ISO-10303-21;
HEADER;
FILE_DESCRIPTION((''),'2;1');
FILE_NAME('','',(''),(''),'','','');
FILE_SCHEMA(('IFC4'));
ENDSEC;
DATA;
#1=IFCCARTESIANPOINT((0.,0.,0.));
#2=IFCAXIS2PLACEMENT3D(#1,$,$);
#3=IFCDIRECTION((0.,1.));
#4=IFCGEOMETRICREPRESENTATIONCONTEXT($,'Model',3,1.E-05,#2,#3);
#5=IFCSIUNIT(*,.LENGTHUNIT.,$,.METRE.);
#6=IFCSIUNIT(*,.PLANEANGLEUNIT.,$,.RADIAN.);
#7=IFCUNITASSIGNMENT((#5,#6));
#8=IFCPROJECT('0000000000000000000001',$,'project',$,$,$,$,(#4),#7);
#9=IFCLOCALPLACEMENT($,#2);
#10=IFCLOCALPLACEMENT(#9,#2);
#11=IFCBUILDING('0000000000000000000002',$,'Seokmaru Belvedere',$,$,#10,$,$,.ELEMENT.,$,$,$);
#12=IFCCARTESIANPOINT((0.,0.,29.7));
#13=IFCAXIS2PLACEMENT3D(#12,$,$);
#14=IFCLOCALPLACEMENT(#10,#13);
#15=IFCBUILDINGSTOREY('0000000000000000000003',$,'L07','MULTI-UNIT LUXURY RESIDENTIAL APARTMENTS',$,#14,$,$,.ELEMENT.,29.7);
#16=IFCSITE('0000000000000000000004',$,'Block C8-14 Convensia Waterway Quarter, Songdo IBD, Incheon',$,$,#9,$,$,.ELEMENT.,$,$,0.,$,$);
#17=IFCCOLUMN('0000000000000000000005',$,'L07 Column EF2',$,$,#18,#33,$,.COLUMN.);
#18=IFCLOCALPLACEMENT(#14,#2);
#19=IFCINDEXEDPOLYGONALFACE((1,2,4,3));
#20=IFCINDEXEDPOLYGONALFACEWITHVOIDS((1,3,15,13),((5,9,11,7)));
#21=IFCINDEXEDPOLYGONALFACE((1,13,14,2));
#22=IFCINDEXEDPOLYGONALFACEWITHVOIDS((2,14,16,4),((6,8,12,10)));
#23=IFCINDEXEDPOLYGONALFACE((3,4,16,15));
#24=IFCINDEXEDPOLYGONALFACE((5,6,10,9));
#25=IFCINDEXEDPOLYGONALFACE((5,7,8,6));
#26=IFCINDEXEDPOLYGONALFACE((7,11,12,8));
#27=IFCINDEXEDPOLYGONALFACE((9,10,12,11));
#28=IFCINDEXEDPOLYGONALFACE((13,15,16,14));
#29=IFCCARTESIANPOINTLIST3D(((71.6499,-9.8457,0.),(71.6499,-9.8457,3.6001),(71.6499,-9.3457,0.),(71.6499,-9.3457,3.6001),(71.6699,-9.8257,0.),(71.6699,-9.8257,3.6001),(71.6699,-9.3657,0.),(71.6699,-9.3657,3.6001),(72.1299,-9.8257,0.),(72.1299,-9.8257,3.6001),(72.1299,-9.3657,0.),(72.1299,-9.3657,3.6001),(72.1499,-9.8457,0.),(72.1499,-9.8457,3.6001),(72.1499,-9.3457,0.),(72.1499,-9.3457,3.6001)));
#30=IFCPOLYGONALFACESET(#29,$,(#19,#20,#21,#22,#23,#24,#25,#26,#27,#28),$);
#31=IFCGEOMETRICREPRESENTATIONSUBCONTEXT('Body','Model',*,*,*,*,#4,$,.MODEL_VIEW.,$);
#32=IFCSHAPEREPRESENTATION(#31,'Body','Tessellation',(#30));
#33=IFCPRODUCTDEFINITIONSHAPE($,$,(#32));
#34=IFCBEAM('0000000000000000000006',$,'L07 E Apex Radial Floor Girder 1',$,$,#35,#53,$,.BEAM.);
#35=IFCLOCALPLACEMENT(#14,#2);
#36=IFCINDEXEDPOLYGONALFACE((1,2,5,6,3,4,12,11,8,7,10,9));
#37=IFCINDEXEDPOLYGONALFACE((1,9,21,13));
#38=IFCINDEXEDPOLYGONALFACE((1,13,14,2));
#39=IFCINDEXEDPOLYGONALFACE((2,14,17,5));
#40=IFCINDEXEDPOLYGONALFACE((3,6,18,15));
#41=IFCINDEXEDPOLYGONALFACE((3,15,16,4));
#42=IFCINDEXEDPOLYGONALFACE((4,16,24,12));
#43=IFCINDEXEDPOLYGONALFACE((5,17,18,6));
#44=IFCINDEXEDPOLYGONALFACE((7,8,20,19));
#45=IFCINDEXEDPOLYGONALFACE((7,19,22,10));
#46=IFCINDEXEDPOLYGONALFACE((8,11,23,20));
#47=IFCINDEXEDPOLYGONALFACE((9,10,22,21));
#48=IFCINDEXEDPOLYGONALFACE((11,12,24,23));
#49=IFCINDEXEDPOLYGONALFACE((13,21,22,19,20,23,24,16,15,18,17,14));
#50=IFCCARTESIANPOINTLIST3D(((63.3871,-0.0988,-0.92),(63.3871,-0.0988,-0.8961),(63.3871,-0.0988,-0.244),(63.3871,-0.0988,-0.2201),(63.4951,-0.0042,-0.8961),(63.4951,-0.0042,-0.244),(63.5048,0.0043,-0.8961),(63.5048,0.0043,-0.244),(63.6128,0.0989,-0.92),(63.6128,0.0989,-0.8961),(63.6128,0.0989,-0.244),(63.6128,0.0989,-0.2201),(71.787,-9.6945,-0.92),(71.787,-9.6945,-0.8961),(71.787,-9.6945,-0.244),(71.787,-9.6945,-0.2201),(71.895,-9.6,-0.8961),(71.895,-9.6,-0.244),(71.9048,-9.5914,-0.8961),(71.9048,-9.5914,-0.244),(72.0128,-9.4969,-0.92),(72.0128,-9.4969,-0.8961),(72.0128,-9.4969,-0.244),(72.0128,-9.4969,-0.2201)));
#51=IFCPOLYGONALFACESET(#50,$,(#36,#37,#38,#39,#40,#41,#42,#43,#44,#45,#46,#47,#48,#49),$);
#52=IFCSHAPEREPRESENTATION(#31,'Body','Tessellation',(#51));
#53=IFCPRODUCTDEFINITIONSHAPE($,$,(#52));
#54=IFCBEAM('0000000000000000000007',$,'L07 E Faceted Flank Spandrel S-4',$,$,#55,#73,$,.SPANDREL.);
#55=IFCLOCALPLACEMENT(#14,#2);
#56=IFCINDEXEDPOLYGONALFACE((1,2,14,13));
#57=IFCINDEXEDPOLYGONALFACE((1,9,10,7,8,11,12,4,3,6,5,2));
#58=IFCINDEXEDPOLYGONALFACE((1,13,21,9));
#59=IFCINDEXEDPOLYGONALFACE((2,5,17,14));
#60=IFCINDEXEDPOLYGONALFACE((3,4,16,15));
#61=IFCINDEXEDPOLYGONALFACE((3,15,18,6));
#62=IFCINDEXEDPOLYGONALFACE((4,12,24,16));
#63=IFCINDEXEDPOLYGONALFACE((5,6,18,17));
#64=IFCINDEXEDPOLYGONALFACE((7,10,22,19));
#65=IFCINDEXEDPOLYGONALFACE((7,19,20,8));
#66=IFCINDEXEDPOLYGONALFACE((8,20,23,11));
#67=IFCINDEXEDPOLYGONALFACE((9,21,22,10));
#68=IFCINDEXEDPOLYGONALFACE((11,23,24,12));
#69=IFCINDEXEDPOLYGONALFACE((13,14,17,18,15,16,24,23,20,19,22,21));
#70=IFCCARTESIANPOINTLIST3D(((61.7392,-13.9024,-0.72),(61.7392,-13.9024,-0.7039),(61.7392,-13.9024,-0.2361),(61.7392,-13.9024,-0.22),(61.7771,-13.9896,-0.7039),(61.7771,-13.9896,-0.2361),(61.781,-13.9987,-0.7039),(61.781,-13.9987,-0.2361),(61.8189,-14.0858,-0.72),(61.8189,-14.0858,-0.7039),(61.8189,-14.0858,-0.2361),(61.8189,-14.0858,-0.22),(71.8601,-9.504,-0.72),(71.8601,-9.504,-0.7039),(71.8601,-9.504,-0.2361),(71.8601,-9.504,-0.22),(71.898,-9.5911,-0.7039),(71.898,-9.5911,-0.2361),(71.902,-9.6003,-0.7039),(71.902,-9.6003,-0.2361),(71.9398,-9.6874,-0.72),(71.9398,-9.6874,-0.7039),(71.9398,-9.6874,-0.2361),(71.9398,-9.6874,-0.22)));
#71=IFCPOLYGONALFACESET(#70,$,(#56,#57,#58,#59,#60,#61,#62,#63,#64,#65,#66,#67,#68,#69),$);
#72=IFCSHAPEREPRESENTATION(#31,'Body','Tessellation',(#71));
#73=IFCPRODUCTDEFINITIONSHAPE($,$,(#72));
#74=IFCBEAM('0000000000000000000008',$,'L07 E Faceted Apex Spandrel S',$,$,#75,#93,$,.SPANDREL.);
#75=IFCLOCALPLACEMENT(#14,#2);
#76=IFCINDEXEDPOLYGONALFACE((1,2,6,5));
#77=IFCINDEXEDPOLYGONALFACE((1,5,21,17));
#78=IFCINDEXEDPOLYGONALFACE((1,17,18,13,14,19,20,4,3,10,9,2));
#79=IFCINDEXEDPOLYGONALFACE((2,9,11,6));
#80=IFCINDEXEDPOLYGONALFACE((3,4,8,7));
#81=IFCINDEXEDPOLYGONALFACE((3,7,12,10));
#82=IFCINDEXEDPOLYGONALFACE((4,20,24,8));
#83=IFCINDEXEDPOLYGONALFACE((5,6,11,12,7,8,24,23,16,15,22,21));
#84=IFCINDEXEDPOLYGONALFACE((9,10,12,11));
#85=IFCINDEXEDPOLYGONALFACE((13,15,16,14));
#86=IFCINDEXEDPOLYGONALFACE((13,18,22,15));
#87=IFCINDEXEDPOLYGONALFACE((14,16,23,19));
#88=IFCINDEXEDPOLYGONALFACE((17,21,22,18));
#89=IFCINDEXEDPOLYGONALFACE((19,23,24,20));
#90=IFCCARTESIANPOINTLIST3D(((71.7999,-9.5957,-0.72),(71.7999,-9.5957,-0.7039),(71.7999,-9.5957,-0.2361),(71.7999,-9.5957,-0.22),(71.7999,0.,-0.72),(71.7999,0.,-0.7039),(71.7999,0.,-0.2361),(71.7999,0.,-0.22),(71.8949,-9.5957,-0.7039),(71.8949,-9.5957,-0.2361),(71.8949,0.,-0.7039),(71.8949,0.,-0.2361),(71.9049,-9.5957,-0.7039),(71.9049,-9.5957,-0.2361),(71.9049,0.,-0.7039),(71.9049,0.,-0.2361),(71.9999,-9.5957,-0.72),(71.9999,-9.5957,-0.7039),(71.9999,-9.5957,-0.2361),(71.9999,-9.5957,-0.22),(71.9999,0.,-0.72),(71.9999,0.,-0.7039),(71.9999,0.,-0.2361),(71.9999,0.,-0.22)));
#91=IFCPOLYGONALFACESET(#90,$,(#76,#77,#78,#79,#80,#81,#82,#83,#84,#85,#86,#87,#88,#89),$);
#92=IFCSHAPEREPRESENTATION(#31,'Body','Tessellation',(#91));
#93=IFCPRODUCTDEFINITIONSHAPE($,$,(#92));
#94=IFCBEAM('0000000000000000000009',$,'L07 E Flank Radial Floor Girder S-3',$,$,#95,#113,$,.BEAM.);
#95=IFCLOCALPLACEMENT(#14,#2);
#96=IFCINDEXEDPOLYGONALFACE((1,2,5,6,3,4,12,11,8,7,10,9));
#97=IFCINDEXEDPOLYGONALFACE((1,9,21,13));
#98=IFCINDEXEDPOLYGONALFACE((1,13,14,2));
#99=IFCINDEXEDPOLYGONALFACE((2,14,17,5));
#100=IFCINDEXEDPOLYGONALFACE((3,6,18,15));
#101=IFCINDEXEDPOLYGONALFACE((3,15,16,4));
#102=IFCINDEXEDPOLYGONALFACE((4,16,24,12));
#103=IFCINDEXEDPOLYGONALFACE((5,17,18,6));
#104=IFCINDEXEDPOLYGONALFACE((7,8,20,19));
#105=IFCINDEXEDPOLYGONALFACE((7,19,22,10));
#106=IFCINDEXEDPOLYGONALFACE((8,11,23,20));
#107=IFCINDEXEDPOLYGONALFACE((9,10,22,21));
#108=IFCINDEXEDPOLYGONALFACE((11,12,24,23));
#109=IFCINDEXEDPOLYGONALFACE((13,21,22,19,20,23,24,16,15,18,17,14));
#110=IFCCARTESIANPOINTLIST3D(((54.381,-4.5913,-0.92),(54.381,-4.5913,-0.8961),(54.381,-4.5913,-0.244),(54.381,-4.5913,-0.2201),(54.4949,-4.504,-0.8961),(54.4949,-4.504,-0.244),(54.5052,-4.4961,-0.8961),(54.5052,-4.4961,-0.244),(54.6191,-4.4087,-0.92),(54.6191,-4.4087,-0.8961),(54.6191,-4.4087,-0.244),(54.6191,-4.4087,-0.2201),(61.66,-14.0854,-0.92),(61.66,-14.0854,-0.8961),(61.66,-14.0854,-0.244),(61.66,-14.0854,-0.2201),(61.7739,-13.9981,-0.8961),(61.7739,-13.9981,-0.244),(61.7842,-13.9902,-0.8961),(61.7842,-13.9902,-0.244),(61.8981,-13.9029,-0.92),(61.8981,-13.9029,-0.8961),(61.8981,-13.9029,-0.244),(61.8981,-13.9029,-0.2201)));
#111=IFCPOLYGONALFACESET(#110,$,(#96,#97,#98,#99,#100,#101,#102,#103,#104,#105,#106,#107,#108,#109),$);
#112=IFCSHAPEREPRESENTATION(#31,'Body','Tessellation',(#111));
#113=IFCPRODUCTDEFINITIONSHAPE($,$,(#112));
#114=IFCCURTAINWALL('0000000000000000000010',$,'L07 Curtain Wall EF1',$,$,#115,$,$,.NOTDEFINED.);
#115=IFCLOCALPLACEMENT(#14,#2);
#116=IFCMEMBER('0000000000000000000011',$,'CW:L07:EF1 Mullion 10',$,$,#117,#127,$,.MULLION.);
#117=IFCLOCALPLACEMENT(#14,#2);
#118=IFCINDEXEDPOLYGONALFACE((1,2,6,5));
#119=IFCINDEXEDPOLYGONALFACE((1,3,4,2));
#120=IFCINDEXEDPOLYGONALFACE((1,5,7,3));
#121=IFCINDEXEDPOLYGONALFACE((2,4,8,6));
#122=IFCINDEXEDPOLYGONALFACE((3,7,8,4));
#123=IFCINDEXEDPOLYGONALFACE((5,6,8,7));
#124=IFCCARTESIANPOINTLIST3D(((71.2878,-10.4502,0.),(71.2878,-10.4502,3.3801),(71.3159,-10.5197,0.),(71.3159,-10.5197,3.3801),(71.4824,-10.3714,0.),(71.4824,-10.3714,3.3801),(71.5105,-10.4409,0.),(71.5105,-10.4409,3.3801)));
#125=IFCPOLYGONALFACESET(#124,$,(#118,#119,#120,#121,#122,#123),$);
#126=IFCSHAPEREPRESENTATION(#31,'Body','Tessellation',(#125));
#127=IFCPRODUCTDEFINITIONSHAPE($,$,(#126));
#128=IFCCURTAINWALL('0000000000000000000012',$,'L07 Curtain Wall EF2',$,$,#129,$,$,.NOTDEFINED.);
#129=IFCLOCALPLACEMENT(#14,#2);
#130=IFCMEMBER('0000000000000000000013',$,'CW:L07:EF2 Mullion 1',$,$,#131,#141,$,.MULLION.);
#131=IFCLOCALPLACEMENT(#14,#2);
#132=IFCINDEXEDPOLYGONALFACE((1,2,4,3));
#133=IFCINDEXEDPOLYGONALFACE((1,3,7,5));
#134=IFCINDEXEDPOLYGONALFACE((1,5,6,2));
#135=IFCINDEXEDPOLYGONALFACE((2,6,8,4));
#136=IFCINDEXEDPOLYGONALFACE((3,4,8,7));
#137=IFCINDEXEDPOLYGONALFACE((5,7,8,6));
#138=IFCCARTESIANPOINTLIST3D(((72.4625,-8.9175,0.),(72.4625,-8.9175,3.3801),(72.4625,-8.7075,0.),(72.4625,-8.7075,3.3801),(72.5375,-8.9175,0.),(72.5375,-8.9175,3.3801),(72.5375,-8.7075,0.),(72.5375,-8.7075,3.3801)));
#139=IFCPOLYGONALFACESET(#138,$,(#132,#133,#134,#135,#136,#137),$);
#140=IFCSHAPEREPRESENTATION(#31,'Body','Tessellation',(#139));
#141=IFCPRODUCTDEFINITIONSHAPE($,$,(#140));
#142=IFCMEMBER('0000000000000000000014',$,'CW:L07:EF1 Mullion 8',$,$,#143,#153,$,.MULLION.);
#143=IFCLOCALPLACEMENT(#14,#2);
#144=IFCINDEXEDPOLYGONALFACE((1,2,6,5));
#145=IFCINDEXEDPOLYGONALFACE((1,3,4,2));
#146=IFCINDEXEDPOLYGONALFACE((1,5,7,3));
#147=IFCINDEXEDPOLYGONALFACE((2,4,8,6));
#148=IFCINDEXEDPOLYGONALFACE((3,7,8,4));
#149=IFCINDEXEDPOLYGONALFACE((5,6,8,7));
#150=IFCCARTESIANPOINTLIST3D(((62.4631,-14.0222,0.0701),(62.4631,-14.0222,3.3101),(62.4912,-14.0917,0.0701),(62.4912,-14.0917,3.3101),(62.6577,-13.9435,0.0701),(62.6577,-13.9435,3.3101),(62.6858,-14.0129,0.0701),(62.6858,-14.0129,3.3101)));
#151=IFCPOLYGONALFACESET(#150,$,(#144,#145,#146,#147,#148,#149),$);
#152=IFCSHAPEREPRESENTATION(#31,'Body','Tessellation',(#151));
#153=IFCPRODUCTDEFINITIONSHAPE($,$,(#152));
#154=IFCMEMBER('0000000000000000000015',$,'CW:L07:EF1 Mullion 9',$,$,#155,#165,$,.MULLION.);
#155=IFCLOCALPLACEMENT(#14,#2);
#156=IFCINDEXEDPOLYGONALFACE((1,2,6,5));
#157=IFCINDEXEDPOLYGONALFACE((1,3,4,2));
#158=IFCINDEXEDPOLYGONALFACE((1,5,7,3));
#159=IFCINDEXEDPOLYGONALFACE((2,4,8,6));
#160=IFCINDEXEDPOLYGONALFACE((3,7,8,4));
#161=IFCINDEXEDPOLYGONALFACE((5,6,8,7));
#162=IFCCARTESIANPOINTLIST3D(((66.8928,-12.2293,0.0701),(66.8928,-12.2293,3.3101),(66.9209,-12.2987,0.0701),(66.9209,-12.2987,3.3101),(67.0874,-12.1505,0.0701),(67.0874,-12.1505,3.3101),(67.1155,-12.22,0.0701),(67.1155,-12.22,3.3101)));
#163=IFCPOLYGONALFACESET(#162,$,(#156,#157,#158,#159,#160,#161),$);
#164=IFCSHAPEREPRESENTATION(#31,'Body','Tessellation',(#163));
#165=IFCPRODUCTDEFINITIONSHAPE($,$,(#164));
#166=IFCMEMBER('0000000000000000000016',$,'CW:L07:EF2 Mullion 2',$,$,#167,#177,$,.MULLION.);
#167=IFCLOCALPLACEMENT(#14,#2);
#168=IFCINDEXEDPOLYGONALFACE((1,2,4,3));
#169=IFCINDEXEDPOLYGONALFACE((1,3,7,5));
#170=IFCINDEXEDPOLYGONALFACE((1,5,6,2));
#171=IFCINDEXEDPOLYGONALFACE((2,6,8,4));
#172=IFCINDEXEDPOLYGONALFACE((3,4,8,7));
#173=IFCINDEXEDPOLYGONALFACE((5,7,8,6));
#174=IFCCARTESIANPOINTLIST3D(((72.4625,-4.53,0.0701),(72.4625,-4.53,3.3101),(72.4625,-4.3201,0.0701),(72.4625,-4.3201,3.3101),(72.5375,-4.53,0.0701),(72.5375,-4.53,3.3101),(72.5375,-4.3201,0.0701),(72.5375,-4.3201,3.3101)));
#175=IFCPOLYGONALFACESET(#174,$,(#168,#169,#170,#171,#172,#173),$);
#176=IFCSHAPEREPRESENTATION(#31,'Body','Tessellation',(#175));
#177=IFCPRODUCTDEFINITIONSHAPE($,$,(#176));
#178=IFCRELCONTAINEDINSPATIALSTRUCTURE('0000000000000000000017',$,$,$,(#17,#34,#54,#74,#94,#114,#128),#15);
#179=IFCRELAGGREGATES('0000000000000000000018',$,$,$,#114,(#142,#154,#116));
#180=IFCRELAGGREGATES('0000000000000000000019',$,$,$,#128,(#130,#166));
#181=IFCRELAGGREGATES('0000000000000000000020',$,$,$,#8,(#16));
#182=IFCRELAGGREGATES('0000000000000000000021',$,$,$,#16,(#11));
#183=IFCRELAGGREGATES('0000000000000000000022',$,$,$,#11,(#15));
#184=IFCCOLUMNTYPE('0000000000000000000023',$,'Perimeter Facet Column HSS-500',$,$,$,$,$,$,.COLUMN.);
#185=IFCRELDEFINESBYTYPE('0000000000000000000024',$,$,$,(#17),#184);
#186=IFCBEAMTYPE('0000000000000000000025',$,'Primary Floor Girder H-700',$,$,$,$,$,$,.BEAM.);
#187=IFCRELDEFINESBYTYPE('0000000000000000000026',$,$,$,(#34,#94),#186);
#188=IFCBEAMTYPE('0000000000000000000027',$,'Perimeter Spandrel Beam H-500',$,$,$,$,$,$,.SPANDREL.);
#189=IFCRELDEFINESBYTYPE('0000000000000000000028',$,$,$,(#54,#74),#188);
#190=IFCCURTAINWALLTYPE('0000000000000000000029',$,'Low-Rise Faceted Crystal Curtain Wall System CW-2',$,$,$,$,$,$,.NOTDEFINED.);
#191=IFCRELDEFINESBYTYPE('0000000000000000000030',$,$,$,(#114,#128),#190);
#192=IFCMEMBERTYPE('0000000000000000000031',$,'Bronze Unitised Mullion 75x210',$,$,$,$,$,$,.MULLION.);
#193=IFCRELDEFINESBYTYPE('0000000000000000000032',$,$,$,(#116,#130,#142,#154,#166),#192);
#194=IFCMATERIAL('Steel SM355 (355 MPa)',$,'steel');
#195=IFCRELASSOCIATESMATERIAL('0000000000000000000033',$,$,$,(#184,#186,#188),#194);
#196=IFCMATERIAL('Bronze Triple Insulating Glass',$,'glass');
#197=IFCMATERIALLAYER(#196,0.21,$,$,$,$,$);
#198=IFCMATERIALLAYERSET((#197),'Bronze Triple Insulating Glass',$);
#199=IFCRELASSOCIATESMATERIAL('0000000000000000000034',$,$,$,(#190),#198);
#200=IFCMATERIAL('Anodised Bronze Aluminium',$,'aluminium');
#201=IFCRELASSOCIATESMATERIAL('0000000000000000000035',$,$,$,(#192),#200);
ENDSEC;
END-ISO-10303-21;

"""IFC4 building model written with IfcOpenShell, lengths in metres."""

from ifc_helpers import new_model, si_unit, direction, frame, origin, origin_2d, place, context, subcontext, project, spatial, rectangle, hollow_rectangle, i_section, extrude, source, transform, mapped, material, layer, layer_set, material_profile, profile_set, type_object, type_shapes, element, aggregate, save


model = new_model("IFC4")

# Units and contexts
model_context = context("Model", 3, precision=1e-05, world=origin(), true_north=direction((0.0, 1.0)))
body_context = subcontext(model_context, "Body", "Model", "MODEL_VIEW")
ifc_project = project(units=[si_unit("LENGTHUNIT", "METRE"), si_unit("PLANEANGLEUNIT", "RADIAN")], contexts=[model_context])

# Site, building, storey
site_placement = place(None, origin())
site = spatial("IfcSite", under=ifc_project, at=site_placement, Name="Block C8-14 Convensia Waterway Quarter, Songdo IBD, Incheon", CompositionType="ELEMENT", RefElevation=0.0)
building_placement = place(site_placement, origin())
building = spatial("IfcBuilding", under=site, at=building_placement, Name="Seokmaru Belvedere", CompositionType="ELEMENT")
storey_placement = place(building_placement, frame((0.0, 0.0, 29.7)))
storey = spatial("IfcBuildingStorey", under=building, at=storey_placement, Name="L07", Description="MULTI-UNIT LUXURY RESIDENTIAL APARTMENTS", CompositionType="ELEMENT", Elevation=29.7)

# Column
ifc_material_1 = material(Name="Steel SM355 (355 MPa)", Category="steel")
ifc_material_profile_1 = material_profile(ifc_material_1, hollow_rectangle(XDim=0.5, YDim=0.5, WallThickness=0.02, at=origin_2d()), Name="HSS-500x500x20")
ifc_profile_set_1 = profile_set([ifc_material_profile_1], Name="Steel SM355 (355 MPa)")
column_type = type_object("IfcColumnType", Name="Perimeter Facet Column HSS-500", PredefinedType="COLUMN", material=ifc_profile_set_1)
shared_shape_1 = source(origin(), body_context, "Body", "SweptSolid", [
    extrude(hollow_rectangle(XDim=0.5, YDim=0.5, WallThickness=0.02, at=origin_2d()), origin(), (0.0, 0.0, 1.0), 3.6001),
])
type_shapes(column_type, [shared_shape_1])
column_placement = place(storey_placement, frame((71.8999, -9.5957, 0.0), z_axis=(0.0, 0.0, 1.0), x_axis=(1.0, 0.0, 0.0)))
element("IfcColumn", 1, at=column_placement, inside=storey, type_object=column_type, Name="L07 Column EF2", PredefinedType="COLUMN", context=body_context, shape_type="MappedRepresentation", body=[
    mapped(shared_shape_1, transform((0.0, 0.0, 0.0), scale=1.0)),
])

# Beams
ifc_material_profile_2 = material_profile(ifc_material_1, i_section(OverallWidth=0.3, OverallDepth=0.7, WebThickness=0.0129, FlangeThickness=0.0239, at=origin_2d()), Name="H-700x300x13x24")
ifc_profile_set_2 = profile_set([ifc_material_profile_2], Name="Steel SM355 (355 MPa)")
beam_type_1 = type_object("IfcBeamType", Name="Primary Floor Girder H-700", PredefinedType="BEAM", material=ifc_profile_set_2)
shared_shape_2 = source(origin(), body_context, "Body", "SweptSolid", [
    extrude(i_section(OverallWidth=0.3, OverallDepth=0.7, WebThickness=0.0129, FlangeThickness=0.0239, at=origin_2d()), origin(), (0.0, 0.0, 1.0), 12.7529),
])
beam_1_placement = place(storey_placement, frame((71.8999, -9.5957, -0.5701), z_axis=(-0.658667, 0.752434, 0.0), x_axis=(-0.752434, -0.658667, 0.0)))
element("IfcBeam", 2, at=beam_1_placement, inside=storey, type_object=beam_type_1, Name="L07 E Apex Radial Floor Girder 1", PredefinedType="BEAM", context=body_context, shape_type="MappedRepresentation", body=[
    mapped(shared_shape_2, transform((0.0, 0.0, 0.0), scale=1.0)),
])
ifc_material_profile_3 = material_profile(ifc_material_1, i_section(OverallWidth=0.2, OverallDepth=0.5, WebThickness=0.01, FlangeThickness=0.0161, at=origin_2d()), Name="H-500x200x10x16")
ifc_profile_set_3 = profile_set([ifc_material_profile_3], Name="Steel SM355 (355 MPa)")
beam_type_2 = type_object("IfcBeamType", Name="Perimeter Spandrel Beam H-500", PredefinedType="SPANDREL", material=ifc_profile_set_3)
shared_shape_3 = source(origin(), body_context, "Body", "SweptSolid", [
    extrude(i_section(OverallWidth=0.2, OverallDepth=0.5, WebThickness=0.01, FlangeThickness=0.0161, at=origin_2d()), origin(), (0.0, 0.0, 1.0), 11.0354),
])
beam_2_placement = place(storey_placement, frame((61.7791, -13.9941, -0.47), z_axis=(0.917134, 0.398579, 0.0), x_axis=(-0.398579, 0.917134, 0.0)))
element("IfcBeam", 3, at=beam_2_placement, inside=storey, type_object=beam_type_2, Name="L07 E Faceted Flank Spandrel S-4", PredefinedType="SPANDREL", context=body_context, shape_type="MappedRepresentation", body=[
    mapped(shared_shape_3, transform((0.0, 0.0, 0.0), scale=1.0)),
])
shared_shape_4 = source(origin(), body_context, "Body", "SweptSolid", [
    extrude(i_section(OverallWidth=0.2, OverallDepth=0.5, WebThickness=0.01, FlangeThickness=0.0161, at=origin_2d()), origin(), (0.0, 0.0, 1.0), 9.5957),
])
type_shapes(beam_type_2, [shared_shape_3, shared_shape_4])
beam_3_placement = place(storey_placement, frame((71.8999, -9.5957, -0.47), z_axis=(0.0, 1.0, 0.0), x_axis=(-1.0, 0.0, 0.0)))
element("IfcBeam", 4, at=beam_3_placement, inside=storey, type_object=beam_type_2, Name="L07 E Faceted Apex Spandrel S", PredefinedType="SPANDREL", context=body_context, shape_type="MappedRepresentation", body=[
    mapped(shared_shape_4, transform((0.0, 0.0, 0.0), scale=1.0)),
])
shared_shape_5 = source(origin(), body_context, "Body", "SweptSolid", [
    extrude(i_section(OverallWidth=0.3, OverallDepth=0.7, WebThickness=0.0129, FlangeThickness=0.0239, at=origin_2d()), origin(), (0.0, 0.0, 1.0), 11.9634),
])
type_shapes(beam_type_1, [shared_shape_2, shared_shape_5])
beam_4_placement = place(storey_placement, frame((61.7791, -13.9941, -0.5701), z_axis=(-0.608443, 0.793598, 0.0), x_axis=(-0.793598, -0.608443, 0.0)))
element("IfcBeam", 5, at=beam_4_placement, inside=storey, type_object=beam_type_1, Name="L07 E Flank Radial Floor Girder S-3", PredefinedType="BEAM", context=body_context, shape_type="MappedRepresentation", body=[
    mapped(shared_shape_5, transform((0.0, 0.0, 0.0), scale=1.0)),
])

# Curtain walls, members
ifc_material_2 = material(Name="Bronze Triple Insulating Glass", Category="glass")
ifc_layer_1 = layer(ifc_material_2, 0.21)
ifc_layer_set_1 = layer_set([ifc_layer_1], Name="Bronze Triple Insulating Glass")
curtain_wall_type = type_object("IfcCurtainWallType", Name="Low-Rise Faceted Crystal Curtain Wall System CW-2", PredefinedType="NOTDEFINED", material=ifc_layer_set_1)
curtain_wall_1_placement = place(storey_placement, origin())
curtain_wall_1 = element("IfcCurtainWall", 6, at=curtain_wall_1_placement, inside=storey, type_object=curtain_wall_type, Name="L07 Curtain Wall EF1", PredefinedType="NOTDEFINED")
ifc_material_3 = material(Name="Anodised Bronze Aluminium", Category="aluminium")
ifc_material_profile_4 = material_profile(ifc_material_3, rectangle(XDim=0.075, YDim=0.21, at=origin_2d()), Name="CW-M-75x210")
ifc_profile_set_4 = profile_set([ifc_material_profile_4], Name="Anodised Bronze Aluminium")
member_type_1 = type_object("IfcMemberType", Name="Bronze Unitised Mullion 75x210", PredefinedType="MULLION", material=ifc_profile_set_4)
shared_shape_6 = source(origin(), body_context, "Body", "SweptSolid", [
    extrude(rectangle(XDim=0.075, YDim=0.21, at=origin_2d()), origin(), (0.0, 0.0, 1.0), 3.3801),
])
member_1_placement = place(storey_placement, frame((71.3992, -10.4456, 0.0), z_axis=(0.0, 0.0, 1.0), x_axis=(-0.375192, 0.926947, 0.0)))
member_1 = element("IfcMember", 7, at=member_1_placement, type_object=member_type_1, Name="CW:L07:EF1 Mullion 10", PredefinedType="MULLION", context=body_context, shape_type="MappedRepresentation", body=[
    mapped(shared_shape_6, transform((0.0, 0.0, 0.0), scale=1.0)),
])
curtain_wall_2_placement = place(storey_placement, origin())
curtain_wall_2 = element("IfcCurtainWall", 8, at=curtain_wall_2_placement, inside=storey, type_object=curtain_wall_type, Name="L07 Curtain Wall EF2", PredefinedType="NOTDEFINED")
member_2_placement = place(storey_placement, frame((72.5, -8.8125, 0.0), z_axis=(0.0, 0.0, 1.0), x_axis=(-1.0, 0.0, 0.0)))
member_2 = element("IfcMember", 9, at=member_2_placement, type_object=member_type_1, Name="CW:L07:EF2 Mullion 1", PredefinedType="MULLION", context=body_context, shape_type="MappedRepresentation", body=[
    mapped(shared_shape_6, transform((0.0, 0.0, 0.0), scale=1.0)),
])

# Members
shared_shape_7 = source(origin(), body_context, "Body", "SweptSolid", [
    extrude(rectangle(XDim=0.075, YDim=0.21, at=origin_2d()), origin(), (0.0, 0.0, 1.0), 3.24),
])
type_shapes(member_type_1, [shared_shape_6, shared_shape_7])
member_3_placement = place(storey_placement, frame((62.5745, -14.0176, 0.0701), z_axis=(0.0, 0.0, 1.0), x_axis=(-0.375192, 0.926947, 0.0)))
member_3 = element("IfcMember", 10, at=member_3_placement, type_object=member_type_1, Name="CW:L07:EF1 Mullion 8", PredefinedType="MULLION", context=body_context, shape_type="MappedRepresentation", body=[
    mapped(shared_shape_7, transform((0.0, 0.0, 0.0), scale=1.0)),
])
member_4_placement = place(storey_placement, frame((67.0042, -12.2246, 0.0701), z_axis=(0.0, 0.0, 1.0), x_axis=(-0.375192, 0.926947, 0.0)))
member_4 = element("IfcMember", 11, at=member_4_placement, type_object=member_type_1, Name="CW:L07:EF1 Mullion 9", PredefinedType="MULLION", context=body_context, shape_type="MappedRepresentation", body=[
    mapped(shared_shape_7, transform((0.0, 0.0, 0.0), scale=1.0)),
])
member_5_placement = place(storey_placement, frame((72.5, -4.425, 0.0701), z_axis=(0.0, 0.0, 1.0), x_axis=(-1.0, 0.0, 0.0)))
member_5 = element("IfcMember", 12, at=member_5_placement, type_object=member_type_1, Name="CW:L07:EF2 Mullion 2", PredefinedType="MULLION", context=body_context, shape_type="MappedRepresentation", body=[
    mapped(shared_shape_7, transform((0.0, 0.0, 0.0), scale=1.0)),
])

aggregate(curtain_wall_1, [member_3, member_4, member_1])
aggregate(curtain_wall_2, [member_2, member_5])

save(model, "model.ifc")
